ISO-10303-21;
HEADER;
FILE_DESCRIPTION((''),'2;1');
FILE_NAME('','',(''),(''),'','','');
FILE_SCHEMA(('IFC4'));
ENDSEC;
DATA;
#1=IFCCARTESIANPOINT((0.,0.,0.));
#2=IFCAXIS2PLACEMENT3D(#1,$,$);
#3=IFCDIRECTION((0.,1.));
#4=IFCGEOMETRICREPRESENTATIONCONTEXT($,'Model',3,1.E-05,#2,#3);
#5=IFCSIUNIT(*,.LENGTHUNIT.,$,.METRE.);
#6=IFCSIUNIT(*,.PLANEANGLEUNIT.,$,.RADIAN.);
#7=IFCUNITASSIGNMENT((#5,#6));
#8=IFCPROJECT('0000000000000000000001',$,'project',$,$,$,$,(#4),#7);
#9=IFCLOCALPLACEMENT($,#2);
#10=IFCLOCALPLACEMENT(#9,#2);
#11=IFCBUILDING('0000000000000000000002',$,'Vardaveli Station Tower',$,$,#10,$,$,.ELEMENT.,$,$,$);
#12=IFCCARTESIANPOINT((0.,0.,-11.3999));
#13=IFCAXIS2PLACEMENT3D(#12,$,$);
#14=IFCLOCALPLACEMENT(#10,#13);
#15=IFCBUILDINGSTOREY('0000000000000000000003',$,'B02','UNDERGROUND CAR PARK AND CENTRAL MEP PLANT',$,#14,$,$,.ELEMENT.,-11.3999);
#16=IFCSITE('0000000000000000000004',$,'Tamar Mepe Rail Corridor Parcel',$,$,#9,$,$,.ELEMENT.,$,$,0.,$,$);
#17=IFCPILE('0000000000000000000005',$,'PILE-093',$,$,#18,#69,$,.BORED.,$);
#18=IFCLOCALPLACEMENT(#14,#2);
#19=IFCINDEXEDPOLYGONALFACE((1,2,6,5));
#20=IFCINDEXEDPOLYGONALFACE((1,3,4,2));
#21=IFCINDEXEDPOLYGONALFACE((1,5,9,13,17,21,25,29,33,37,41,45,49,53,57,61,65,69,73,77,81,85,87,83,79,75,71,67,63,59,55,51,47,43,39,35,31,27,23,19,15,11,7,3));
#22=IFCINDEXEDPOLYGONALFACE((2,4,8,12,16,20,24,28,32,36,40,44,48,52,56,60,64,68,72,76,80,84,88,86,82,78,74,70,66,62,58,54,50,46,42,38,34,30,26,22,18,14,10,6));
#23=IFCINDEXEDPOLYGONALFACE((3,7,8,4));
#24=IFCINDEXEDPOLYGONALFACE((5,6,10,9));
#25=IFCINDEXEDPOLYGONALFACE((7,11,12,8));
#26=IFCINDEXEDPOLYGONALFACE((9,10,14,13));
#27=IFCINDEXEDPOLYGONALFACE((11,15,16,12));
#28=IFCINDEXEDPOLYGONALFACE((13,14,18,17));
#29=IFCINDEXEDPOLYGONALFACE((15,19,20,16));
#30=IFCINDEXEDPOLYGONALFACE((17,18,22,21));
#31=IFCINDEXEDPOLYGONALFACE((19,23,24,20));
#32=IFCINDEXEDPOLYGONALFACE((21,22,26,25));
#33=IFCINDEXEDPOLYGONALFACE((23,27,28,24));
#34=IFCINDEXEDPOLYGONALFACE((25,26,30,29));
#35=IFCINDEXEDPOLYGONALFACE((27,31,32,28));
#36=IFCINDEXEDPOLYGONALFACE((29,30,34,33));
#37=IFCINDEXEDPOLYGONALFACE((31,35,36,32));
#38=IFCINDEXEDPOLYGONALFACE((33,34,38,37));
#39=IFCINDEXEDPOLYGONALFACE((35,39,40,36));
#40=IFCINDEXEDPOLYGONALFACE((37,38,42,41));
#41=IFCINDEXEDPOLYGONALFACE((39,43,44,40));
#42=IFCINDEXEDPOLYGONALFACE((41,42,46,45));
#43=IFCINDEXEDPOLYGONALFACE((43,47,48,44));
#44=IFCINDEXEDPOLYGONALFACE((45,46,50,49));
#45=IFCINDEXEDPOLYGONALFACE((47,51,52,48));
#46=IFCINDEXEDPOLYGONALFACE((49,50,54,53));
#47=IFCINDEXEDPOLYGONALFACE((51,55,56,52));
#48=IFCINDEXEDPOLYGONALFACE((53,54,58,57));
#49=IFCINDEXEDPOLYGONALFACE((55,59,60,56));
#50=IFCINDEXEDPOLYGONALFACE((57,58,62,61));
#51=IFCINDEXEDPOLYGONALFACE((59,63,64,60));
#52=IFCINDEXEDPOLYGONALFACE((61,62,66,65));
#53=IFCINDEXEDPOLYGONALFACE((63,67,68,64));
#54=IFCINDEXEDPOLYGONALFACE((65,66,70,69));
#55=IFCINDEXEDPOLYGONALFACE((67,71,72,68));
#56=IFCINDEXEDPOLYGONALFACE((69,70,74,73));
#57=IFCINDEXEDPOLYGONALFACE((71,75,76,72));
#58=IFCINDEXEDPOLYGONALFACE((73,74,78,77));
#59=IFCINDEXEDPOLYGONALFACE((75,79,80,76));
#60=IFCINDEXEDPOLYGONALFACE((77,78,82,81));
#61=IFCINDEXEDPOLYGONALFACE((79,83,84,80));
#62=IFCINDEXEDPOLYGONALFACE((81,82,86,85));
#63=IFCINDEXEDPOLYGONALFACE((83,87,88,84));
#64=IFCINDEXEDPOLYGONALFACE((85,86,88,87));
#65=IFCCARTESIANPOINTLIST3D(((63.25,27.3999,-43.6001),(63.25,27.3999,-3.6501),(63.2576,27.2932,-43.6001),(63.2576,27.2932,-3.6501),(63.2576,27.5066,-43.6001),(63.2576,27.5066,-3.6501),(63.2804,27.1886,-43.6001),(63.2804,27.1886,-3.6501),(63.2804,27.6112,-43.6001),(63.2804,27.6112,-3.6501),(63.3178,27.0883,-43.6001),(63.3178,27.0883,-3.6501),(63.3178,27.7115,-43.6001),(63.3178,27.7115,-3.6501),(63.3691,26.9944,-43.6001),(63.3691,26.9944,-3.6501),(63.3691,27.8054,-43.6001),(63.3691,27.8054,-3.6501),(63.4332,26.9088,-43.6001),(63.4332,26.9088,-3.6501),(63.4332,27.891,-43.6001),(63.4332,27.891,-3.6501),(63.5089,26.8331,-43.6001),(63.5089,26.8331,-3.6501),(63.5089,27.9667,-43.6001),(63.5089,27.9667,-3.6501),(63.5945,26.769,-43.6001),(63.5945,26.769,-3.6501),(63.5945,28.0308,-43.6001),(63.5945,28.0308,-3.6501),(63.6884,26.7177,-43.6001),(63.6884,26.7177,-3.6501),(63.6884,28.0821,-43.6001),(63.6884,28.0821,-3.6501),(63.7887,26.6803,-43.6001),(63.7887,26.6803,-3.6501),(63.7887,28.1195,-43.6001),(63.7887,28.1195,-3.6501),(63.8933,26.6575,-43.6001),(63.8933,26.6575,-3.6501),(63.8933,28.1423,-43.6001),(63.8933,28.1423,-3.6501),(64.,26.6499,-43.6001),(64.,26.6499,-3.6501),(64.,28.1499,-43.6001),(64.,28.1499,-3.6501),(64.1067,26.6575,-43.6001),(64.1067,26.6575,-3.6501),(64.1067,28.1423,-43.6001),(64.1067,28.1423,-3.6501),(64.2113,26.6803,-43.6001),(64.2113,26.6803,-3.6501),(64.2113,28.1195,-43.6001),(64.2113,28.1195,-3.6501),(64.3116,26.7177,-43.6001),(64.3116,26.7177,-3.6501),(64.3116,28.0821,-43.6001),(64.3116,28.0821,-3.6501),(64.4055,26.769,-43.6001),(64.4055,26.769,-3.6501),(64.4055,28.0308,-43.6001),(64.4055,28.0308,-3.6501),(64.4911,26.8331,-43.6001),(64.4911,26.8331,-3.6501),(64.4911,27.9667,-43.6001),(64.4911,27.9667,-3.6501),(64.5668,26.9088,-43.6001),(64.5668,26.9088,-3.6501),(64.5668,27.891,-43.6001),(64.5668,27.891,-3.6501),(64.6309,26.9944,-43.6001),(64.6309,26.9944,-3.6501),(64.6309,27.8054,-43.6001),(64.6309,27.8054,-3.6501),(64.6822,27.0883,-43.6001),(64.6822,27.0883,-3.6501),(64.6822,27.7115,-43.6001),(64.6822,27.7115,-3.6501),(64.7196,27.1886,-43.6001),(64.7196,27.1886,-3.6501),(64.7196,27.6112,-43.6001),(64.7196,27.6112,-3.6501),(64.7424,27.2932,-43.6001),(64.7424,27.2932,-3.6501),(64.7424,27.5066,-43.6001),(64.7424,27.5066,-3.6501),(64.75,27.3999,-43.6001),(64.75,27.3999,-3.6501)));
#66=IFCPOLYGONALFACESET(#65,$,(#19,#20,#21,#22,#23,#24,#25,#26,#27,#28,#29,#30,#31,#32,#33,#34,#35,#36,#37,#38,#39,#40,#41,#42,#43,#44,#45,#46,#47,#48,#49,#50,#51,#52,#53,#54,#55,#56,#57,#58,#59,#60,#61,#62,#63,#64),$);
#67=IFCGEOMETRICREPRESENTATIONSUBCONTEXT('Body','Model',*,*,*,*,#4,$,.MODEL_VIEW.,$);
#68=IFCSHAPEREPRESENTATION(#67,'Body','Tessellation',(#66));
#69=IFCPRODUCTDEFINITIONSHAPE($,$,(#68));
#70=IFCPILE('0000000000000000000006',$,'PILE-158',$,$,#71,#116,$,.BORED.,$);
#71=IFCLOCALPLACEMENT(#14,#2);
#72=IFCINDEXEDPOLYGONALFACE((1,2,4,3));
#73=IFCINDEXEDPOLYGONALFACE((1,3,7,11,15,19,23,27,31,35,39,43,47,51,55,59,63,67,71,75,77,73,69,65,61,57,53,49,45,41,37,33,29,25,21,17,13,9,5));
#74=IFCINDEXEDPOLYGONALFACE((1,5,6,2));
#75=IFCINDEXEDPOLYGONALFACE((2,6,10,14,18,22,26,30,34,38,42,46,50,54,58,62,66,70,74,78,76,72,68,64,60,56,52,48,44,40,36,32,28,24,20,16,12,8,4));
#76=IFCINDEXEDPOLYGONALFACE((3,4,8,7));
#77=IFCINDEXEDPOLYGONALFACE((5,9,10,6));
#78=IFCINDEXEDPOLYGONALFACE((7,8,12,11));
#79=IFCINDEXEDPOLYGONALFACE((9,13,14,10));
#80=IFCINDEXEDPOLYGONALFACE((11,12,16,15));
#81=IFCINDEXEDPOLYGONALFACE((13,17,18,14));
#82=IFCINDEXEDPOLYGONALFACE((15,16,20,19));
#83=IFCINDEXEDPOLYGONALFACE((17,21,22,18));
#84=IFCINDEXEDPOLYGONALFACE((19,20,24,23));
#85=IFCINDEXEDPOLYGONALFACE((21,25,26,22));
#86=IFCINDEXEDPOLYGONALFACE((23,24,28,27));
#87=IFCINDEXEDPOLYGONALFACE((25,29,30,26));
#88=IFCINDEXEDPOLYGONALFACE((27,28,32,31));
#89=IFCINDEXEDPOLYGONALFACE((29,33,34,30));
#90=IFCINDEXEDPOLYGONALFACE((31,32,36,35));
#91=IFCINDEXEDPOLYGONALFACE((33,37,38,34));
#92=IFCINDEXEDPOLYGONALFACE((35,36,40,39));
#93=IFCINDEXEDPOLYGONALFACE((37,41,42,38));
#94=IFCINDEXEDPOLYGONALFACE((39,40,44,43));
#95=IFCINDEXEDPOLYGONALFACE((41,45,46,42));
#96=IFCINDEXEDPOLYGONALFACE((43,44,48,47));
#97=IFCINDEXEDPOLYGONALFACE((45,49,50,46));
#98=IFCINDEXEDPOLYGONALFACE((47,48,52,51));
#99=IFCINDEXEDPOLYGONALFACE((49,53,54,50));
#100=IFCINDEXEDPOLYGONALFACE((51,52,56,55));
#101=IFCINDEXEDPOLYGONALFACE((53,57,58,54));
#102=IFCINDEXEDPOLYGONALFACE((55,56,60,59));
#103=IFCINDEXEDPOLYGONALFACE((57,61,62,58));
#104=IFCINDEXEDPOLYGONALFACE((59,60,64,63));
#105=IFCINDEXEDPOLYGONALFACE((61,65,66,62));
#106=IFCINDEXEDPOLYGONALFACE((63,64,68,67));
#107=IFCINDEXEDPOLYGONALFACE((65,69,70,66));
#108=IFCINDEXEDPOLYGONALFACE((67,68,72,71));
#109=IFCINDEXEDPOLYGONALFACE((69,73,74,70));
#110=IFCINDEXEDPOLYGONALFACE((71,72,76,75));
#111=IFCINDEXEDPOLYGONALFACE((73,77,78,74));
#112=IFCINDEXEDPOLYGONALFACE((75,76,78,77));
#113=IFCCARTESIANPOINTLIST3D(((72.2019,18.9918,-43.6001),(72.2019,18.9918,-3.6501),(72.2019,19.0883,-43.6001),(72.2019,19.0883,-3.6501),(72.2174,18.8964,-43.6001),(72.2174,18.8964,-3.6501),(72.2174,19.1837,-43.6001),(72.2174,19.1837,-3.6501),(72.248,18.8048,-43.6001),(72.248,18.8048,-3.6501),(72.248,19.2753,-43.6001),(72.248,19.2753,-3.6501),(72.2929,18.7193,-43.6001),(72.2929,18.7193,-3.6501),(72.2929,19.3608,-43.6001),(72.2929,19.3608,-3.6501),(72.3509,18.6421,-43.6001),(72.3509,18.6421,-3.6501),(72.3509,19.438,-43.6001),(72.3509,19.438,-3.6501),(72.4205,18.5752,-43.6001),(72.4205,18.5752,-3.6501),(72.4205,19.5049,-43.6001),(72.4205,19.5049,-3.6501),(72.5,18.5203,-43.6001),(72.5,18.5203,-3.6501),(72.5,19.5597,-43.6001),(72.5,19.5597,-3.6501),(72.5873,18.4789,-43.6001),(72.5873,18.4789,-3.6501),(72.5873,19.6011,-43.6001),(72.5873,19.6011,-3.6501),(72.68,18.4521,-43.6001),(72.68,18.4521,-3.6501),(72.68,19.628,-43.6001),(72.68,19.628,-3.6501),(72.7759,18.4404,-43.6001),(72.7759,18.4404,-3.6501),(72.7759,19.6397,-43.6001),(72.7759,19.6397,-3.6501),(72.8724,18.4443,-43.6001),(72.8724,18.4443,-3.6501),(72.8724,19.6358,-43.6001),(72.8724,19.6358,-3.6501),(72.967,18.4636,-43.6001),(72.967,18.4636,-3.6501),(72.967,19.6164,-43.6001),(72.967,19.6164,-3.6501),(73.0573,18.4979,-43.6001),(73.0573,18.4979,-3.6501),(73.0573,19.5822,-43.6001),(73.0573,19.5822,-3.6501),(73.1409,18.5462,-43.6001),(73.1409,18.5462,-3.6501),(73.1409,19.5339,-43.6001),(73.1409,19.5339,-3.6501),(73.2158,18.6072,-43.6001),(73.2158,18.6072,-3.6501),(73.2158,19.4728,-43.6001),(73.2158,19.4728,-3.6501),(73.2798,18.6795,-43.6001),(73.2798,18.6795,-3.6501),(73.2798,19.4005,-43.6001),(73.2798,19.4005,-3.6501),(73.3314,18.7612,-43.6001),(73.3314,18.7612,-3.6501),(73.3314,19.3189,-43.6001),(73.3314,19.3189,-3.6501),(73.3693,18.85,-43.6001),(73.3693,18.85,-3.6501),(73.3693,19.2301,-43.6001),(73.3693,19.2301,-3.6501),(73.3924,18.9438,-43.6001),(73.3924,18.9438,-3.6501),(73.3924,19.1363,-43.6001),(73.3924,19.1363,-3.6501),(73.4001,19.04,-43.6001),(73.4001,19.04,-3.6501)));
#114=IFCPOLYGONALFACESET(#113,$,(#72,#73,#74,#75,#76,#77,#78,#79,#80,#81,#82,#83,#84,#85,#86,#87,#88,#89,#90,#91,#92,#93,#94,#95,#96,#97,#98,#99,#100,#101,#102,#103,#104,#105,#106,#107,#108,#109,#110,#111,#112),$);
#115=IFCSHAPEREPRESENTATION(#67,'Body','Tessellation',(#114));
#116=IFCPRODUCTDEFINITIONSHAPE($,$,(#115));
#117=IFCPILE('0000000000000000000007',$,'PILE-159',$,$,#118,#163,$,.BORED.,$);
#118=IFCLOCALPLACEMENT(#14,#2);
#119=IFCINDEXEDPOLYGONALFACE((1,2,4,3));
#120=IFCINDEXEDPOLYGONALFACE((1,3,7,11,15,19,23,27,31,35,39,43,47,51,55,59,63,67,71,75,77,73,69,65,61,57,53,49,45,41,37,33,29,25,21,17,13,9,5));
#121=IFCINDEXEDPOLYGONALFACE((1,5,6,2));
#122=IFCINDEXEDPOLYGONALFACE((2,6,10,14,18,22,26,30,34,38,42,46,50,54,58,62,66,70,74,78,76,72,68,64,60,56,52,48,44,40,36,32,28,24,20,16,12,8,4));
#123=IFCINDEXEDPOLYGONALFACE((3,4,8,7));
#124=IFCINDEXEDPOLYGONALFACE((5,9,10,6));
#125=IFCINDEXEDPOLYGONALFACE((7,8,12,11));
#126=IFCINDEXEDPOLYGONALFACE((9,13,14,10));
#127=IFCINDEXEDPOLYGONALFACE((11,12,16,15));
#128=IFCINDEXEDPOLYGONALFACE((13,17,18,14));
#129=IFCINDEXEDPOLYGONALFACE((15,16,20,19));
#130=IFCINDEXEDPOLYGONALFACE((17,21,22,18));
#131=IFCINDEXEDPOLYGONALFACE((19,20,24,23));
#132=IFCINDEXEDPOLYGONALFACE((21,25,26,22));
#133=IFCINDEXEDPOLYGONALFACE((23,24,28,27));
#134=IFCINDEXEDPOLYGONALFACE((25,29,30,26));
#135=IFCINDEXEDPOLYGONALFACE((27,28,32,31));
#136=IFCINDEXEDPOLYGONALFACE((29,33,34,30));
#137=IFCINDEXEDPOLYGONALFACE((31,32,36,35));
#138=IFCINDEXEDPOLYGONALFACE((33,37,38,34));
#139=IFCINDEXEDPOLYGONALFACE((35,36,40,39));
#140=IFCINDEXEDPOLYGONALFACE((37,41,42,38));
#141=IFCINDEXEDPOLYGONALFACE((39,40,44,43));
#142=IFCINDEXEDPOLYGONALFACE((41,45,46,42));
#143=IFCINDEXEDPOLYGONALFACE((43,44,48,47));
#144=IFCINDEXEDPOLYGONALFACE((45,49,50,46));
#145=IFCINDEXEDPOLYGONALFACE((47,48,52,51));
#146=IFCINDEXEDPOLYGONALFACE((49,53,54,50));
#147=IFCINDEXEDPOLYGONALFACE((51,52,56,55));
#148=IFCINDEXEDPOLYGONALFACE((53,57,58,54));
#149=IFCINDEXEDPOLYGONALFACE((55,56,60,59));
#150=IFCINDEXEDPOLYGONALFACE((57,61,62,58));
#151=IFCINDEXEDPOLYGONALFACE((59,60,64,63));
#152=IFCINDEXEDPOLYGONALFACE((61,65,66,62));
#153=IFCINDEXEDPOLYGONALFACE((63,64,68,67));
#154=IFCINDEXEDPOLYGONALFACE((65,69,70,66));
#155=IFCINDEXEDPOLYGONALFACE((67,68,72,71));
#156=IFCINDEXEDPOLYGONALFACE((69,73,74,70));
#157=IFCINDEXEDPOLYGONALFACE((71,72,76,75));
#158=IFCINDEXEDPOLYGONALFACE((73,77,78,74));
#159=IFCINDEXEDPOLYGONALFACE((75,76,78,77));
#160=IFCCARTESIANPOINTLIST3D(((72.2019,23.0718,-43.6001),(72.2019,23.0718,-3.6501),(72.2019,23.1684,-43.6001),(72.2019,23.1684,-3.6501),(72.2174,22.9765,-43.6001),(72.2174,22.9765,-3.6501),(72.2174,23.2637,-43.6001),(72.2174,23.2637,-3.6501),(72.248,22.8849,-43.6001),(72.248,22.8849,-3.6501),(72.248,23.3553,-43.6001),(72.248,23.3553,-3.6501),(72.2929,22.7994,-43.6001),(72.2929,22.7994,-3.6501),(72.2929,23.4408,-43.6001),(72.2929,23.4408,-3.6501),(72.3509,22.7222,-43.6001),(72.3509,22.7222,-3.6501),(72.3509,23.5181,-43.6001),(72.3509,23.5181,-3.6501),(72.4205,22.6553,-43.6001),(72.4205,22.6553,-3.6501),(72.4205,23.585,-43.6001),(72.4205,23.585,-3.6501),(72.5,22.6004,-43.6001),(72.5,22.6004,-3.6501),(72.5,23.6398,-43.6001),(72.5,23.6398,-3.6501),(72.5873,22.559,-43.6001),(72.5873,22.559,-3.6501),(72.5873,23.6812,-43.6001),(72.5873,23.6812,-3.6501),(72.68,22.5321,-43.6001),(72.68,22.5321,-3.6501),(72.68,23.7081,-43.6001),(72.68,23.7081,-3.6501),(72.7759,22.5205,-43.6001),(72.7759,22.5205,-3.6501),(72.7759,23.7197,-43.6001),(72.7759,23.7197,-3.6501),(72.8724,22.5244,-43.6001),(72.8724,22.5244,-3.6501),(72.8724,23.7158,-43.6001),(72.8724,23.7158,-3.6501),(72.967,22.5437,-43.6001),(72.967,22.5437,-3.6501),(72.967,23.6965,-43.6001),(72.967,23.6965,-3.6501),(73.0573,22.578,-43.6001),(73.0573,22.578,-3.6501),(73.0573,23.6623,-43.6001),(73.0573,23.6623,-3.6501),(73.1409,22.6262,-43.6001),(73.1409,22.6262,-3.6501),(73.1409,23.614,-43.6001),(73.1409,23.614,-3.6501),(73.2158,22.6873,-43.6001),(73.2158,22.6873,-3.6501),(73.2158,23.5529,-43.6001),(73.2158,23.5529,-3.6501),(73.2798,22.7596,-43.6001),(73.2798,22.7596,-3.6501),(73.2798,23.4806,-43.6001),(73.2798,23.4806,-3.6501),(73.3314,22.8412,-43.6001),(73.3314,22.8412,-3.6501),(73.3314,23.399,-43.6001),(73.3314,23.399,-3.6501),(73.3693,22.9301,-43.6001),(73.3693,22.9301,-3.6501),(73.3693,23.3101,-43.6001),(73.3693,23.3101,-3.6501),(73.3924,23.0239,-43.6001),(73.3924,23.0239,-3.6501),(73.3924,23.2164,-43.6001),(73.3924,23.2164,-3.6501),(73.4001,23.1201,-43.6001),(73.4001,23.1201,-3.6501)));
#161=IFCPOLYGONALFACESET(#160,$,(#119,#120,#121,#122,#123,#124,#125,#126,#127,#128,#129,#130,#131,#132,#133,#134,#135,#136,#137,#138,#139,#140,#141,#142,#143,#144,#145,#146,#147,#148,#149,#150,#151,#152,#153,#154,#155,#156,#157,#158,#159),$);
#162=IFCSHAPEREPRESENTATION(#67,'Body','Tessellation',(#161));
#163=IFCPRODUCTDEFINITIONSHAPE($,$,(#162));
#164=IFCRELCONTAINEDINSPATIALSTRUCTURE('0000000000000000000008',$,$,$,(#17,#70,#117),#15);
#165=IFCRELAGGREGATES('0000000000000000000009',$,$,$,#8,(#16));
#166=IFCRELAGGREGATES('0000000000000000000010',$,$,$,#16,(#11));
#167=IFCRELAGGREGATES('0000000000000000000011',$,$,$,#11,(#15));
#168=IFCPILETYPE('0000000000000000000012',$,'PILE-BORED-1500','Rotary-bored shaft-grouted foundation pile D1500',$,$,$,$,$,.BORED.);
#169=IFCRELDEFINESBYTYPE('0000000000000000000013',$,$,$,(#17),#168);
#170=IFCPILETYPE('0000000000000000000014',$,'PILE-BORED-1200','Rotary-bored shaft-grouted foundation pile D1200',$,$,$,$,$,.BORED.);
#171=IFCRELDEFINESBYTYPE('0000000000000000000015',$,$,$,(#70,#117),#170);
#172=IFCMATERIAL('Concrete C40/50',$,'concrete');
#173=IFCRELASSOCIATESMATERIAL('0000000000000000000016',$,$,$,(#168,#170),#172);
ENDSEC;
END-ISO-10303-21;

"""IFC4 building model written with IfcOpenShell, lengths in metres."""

from ifc_helpers import new_model, si_unit, direction, frame, origin, origin_2d, place, context, subcontext, project, spatial, circle, extrude, source, transform, mapped, material, material_profile, profile_set, type_object, element, save


model = new_model("IFC4")

# Units and contexts
model_context = context("Model", 3, precision=1e-05, world=origin(), true_north=direction((0.0, 1.0)))
body_context = subcontext(model_context, "Body", "Model", "MODEL_VIEW")
ifc_project = project(units=[si_unit("LENGTHUNIT", "METRE"), si_unit("PLANEANGLEUNIT", "RADIAN")], contexts=[model_context])

# Site, building, storey
site_placement = place(None, origin())
site = spatial("IfcSite", under=ifc_project, at=site_placement, Name="Tamar Mepe Rail Corridor Parcel", CompositionType="ELEMENT", RefElevation=0.0)
building_placement = place(site_placement, origin())
building = spatial("IfcBuilding", under=site, at=building_placement, Name="Vardaveli Station Tower", CompositionType="ELEMENT")
storey_placement = place(building_placement, frame((0.0, 0.0, -11.3999)))
storey = spatial("IfcBuildingStorey", under=building, at=storey_placement, Name="B02", Description="UNDERGROUND CAR PARK AND CENTRAL MEP PLANT", CompositionType="ELEMENT", Elevation=-11.3999)

# Piles
ifc_material_1 = material(Name="Concrete C40/50", Category="concrete")
ifc_material_profile_1 = material_profile(ifc_material_1, circle(Radius=0.75, at=origin_2d()), Name="PILE D1500")
ifc_profile_set_1 = profile_set([ifc_material_profile_1], Name="Concrete C40/50")
pile_type_1 = type_object("IfcPileType", Name="PILE-BORED-1500", Description="Rotary-bored shaft-grouted foundation pile D1500", PredefinedType="BORED", material=ifc_profile_set_1)
shared_shape_1 = source(origin(), body_context, "Body", "SweptSolid", [
    extrude(circle(Radius=0.75, at=origin_2d()), origin(), (0.0, 0.0, 1.0), 39.95),
])
for number, where, z_axis, x_axis, name in (
    (1, (64.0, 27.3999, -3.6501), (0.0, 0.0, -1.0), (1.0, 0.0, 0.0), "PILE-093"),
):
    element("IfcPile", number, at=place(storey_placement, frame(where, z_axis=z_axis, x_axis=x_axis)), inside=storey, type_object=pile_type_1, Name=name, PredefinedType="BORED", context=body_context, shape_type="MappedRepresentation", body=[
        mapped(shared_shape_1, transform((0.0, 0.0, 0.0), scale=1.0)),
    ])
ifc_material_profile_2 = material_profile(ifc_material_1, circle(Radius=0.6001, at=origin_2d()), Name="PILE D1200")
ifc_profile_set_2 = profile_set([ifc_material_profile_2], Name="Concrete C40/50")
pile_type_2 = type_object("IfcPileType", Name="PILE-BORED-1200", Description="Rotary-bored shaft-grouted foundation pile D1200", PredefinedType="BORED", material=ifc_profile_set_2)
shared_shape_2 = source(origin(), body_context, "Body", "SweptSolid", [
    extrude(circle(Radius=0.6001, at=origin_2d()), origin(), (0.0, 0.0, 1.0), 39.95),
])
for number, where, z_axis, x_axis, name in (
    (2, (72.8, 19.04, -3.6501), (0.0, 0.0, -1.0), (1.0, 0.0, 0.0), "PILE-158"),
    (3, (72.8, 23.1201, -3.6501), (0.0, 0.0, -1.0), (1.0, 0.0, 0.0), "PILE-159"),
):
    element("IfcPile", number, at=place(storey_placement, frame(where, z_axis=z_axis, x_axis=x_axis)), inside=storey, type_object=pile_type_2, Name=name, PredefinedType="BORED", context=body_context, shape_type="MappedRepresentation", body=[
        mapped(shared_shape_2, transform((0.0, 0.0, 0.0), scale=1.0)),
    ])

save(model, "model.ifc")
